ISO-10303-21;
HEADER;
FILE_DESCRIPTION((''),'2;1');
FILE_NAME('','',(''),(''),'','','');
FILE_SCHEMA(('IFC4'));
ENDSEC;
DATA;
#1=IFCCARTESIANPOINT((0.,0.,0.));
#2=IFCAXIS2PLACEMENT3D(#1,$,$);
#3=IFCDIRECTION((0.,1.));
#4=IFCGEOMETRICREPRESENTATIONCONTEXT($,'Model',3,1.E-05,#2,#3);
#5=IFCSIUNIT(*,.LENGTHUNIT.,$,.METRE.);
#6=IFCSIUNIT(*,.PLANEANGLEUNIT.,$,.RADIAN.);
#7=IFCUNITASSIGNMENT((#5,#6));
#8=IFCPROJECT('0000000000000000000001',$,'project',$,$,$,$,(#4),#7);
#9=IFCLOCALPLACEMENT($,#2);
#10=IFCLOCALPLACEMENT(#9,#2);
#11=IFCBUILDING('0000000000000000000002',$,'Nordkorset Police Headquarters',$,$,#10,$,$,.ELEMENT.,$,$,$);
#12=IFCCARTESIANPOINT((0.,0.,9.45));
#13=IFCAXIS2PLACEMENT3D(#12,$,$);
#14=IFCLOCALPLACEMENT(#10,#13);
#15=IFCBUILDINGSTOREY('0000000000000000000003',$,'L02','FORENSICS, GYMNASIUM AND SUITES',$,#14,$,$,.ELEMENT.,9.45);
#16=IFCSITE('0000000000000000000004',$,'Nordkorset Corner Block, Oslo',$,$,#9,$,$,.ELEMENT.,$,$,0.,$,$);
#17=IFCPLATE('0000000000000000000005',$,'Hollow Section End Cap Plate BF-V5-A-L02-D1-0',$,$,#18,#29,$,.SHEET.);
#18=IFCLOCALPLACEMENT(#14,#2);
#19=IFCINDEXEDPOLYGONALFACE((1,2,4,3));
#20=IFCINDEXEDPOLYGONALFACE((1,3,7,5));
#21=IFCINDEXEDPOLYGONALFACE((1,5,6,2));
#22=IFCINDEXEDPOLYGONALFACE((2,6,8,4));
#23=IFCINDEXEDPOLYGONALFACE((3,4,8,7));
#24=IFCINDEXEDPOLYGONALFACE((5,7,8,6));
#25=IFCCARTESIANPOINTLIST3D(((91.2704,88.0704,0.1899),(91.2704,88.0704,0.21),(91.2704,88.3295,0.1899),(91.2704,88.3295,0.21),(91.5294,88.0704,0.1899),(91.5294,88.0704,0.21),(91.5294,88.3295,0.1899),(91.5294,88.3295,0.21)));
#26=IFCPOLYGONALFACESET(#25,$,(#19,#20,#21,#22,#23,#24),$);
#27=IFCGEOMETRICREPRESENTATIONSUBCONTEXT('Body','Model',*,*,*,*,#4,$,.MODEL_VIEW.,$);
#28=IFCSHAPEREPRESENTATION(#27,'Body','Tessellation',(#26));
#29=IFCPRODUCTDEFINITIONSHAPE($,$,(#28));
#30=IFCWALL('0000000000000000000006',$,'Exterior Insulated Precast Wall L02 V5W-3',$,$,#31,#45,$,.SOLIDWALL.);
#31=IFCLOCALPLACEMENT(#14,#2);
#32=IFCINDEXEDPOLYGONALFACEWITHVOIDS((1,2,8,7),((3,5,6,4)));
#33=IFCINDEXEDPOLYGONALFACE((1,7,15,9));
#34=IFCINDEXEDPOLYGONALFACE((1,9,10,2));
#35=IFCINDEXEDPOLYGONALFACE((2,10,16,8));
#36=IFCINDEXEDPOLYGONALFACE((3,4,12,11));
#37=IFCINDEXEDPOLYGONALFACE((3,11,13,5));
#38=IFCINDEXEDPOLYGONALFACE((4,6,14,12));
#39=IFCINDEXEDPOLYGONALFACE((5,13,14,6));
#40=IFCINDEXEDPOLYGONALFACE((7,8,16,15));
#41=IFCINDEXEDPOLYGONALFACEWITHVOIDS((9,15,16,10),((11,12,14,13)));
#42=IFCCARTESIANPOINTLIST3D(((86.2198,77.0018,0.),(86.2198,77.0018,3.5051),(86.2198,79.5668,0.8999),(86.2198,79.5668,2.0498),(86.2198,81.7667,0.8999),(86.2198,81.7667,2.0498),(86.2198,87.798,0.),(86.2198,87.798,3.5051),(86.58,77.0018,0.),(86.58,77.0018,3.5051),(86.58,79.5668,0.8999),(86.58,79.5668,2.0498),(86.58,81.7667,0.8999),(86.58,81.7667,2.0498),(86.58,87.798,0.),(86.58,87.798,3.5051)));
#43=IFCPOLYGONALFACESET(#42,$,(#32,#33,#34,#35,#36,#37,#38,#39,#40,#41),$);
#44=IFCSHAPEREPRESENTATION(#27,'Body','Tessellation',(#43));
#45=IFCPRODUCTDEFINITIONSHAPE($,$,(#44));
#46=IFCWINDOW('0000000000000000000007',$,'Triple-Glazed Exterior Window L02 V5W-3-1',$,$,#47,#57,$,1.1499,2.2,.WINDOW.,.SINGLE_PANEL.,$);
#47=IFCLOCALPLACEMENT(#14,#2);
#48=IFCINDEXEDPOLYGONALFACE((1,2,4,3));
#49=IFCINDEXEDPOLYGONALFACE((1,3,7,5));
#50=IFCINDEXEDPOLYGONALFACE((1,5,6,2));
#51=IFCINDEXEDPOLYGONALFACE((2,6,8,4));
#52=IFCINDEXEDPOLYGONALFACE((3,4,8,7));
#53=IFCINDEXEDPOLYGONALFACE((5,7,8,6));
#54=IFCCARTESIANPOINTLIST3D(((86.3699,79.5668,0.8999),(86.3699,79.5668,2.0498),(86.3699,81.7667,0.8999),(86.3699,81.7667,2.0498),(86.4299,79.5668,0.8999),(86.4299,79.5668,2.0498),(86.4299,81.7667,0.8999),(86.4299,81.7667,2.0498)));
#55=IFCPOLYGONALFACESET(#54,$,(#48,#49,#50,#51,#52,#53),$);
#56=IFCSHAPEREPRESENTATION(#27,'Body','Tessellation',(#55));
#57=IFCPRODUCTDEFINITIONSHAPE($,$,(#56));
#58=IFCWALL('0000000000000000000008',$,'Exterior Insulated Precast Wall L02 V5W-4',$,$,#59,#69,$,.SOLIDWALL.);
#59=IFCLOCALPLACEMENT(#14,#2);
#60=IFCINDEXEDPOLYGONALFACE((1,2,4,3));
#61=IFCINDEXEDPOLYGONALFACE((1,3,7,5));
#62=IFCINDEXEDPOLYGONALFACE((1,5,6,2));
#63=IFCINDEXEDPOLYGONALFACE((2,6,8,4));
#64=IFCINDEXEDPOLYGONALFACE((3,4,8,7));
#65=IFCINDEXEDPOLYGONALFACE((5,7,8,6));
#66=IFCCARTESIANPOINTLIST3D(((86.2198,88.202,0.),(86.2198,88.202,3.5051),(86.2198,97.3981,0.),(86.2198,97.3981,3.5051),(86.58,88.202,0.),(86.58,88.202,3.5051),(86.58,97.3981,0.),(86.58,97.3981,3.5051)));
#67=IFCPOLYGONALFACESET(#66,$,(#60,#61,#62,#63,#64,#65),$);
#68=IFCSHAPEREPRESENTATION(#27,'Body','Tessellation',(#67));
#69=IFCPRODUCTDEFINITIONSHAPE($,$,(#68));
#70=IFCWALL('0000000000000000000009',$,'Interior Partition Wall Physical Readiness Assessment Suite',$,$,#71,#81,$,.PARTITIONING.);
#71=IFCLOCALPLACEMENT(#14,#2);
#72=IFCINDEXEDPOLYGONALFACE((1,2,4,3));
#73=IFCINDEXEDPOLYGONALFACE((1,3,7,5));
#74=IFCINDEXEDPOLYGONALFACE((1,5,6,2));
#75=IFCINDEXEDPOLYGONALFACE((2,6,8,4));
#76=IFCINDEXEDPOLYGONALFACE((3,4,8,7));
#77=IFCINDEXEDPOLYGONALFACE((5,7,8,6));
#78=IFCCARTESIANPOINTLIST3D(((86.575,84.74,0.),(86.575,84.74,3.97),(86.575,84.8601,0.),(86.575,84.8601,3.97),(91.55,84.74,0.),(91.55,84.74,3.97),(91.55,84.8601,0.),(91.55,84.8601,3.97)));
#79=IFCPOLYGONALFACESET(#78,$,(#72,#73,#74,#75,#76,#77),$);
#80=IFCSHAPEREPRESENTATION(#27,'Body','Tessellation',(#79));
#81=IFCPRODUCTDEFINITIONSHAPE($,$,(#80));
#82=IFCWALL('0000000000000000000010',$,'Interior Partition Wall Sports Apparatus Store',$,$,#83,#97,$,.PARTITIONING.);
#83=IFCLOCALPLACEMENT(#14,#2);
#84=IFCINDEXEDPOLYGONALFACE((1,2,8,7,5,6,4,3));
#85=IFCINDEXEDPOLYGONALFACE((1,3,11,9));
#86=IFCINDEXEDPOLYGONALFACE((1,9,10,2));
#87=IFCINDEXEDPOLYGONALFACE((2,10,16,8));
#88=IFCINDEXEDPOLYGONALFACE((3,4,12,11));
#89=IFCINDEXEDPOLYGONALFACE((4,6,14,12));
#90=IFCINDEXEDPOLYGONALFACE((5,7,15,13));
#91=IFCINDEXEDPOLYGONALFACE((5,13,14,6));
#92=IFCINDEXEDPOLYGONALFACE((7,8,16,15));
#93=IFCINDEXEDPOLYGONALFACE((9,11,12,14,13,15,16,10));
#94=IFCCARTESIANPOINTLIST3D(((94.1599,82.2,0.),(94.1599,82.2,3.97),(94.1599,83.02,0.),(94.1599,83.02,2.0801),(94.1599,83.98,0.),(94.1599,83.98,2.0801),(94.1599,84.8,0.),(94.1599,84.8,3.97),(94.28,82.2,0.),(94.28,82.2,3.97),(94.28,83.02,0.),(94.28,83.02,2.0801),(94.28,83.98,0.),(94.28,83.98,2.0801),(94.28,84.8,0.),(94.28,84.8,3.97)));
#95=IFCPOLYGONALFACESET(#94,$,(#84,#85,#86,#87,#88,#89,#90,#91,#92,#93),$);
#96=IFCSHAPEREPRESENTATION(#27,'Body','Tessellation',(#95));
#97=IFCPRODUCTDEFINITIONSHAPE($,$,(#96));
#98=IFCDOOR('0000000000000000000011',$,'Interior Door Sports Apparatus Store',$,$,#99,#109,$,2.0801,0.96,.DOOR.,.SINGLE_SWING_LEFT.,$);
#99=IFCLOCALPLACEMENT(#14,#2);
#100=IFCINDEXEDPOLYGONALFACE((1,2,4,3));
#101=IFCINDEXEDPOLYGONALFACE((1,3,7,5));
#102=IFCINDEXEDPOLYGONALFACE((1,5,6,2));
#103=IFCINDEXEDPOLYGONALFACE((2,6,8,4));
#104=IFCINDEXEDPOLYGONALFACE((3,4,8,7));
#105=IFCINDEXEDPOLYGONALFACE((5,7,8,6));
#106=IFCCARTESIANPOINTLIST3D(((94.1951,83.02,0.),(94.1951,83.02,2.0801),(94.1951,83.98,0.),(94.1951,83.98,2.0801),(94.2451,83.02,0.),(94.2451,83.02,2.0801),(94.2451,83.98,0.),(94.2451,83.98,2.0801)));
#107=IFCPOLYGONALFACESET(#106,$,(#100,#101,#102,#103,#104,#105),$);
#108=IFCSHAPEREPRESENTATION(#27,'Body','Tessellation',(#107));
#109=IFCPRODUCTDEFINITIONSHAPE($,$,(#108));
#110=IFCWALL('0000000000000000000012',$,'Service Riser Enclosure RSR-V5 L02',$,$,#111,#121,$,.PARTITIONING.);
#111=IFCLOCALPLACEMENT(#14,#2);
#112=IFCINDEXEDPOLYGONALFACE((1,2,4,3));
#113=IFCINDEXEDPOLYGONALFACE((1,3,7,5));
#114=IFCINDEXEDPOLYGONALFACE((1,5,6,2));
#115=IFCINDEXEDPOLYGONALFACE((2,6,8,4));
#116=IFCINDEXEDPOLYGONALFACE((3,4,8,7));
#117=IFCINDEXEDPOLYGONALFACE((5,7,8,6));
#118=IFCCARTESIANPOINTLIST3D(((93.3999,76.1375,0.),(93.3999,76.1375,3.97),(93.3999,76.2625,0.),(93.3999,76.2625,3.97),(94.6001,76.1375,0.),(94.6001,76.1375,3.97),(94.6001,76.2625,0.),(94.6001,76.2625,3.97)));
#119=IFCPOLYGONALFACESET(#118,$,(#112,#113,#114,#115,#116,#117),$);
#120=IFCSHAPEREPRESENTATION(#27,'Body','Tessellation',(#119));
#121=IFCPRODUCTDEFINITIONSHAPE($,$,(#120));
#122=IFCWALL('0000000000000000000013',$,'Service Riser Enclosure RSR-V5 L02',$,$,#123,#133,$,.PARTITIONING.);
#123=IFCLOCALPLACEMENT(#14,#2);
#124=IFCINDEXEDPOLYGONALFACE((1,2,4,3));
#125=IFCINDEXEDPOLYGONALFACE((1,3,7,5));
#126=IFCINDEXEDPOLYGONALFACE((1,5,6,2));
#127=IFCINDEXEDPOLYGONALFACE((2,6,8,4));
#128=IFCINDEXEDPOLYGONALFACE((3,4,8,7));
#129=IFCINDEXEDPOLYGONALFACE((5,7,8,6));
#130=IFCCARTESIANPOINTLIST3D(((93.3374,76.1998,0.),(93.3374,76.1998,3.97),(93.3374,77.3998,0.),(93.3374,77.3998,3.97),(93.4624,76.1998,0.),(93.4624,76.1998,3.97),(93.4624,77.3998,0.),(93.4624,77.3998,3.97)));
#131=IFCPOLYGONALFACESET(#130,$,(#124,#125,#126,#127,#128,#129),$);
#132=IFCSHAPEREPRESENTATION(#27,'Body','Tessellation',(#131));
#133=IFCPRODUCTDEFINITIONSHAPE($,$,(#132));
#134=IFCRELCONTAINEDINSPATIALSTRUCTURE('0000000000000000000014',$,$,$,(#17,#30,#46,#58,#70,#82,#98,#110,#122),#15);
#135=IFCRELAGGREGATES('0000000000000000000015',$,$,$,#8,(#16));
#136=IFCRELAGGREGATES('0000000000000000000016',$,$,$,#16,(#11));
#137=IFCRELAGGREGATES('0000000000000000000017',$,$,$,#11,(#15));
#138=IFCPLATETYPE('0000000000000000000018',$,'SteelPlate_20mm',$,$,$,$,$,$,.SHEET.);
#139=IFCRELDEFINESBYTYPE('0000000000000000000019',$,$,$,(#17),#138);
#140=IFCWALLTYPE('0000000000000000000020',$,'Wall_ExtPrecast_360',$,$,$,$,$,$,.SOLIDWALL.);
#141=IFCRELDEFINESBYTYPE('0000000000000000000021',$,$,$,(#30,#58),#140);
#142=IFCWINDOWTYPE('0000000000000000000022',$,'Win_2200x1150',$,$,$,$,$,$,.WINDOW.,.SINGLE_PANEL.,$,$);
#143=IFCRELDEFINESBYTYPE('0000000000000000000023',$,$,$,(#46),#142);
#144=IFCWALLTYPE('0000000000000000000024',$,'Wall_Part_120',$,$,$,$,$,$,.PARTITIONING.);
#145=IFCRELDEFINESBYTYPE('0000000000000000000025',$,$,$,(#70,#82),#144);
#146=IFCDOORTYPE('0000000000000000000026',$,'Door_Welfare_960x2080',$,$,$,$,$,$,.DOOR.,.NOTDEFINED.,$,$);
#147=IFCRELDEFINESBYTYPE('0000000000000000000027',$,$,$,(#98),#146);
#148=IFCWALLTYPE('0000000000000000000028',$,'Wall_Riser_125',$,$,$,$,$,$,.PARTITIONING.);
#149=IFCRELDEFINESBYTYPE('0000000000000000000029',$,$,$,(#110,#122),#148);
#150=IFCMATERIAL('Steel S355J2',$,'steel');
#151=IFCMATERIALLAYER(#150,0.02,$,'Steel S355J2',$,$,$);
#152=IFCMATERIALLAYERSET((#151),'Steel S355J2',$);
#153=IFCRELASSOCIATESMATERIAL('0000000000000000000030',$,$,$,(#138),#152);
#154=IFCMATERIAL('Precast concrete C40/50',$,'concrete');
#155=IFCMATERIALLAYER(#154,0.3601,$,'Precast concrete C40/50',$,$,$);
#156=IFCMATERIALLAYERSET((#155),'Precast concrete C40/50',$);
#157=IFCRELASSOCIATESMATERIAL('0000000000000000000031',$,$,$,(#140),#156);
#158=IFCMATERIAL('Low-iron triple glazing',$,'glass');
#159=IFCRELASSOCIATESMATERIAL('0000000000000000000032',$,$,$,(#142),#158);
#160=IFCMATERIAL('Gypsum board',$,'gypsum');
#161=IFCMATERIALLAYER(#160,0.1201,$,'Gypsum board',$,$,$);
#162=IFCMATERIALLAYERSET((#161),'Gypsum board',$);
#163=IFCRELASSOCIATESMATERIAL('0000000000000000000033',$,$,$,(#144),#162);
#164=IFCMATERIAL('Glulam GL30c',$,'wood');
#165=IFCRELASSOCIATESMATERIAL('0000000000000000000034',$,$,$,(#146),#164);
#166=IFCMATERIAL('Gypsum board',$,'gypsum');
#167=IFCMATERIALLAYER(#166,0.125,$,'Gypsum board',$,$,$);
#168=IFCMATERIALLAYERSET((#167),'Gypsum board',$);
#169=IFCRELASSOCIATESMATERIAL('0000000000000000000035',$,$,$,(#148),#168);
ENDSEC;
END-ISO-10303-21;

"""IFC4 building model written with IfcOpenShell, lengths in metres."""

from ifc_helpers import new_model, si_unit, direction, frame, frame_2d, origin, origin_2d, place, context, subcontext, project, spatial, rectangle, extrude, material, layer, layer_set, type_object, element, fill, save


model = new_model("IFC4")

# Units and contexts
model_context = context("Model", 3, precision=1e-05, world=origin(), true_north=direction((0.0, 1.0)))
body_context = subcontext(model_context, "Body", "Model", "MODEL_VIEW")
ifc_project = project(units=[si_unit("LENGTHUNIT", "METRE"), si_unit("PLANEANGLEUNIT", "RADIAN")], contexts=[model_context])

# Site, building, storey
site_placement = place(None, origin())
site = spatial("IfcSite", under=ifc_project, at=site_placement, Name="Nordkorset Corner Block, Oslo", CompositionType="ELEMENT", RefElevation=0.0)
building_placement = place(site_placement, origin())
building = spatial("IfcBuilding", under=site, at=building_placement, Name="Nordkorset Police Headquarters", CompositionType="ELEMENT")
storey_placement = place(building_placement, frame((0.0, 0.0, 9.45)))
storey = spatial("IfcBuildingStorey", under=building, at=storey_placement, Name="L02", Description="FORENSICS, GYMNASIUM AND SUITES", CompositionType="ELEMENT", Elevation=9.45)

# Plate
ifc_material_1 = material(Name="Steel S355J2", Category="steel")
ifc_layer_1 = layer(ifc_material_1, 0.02, Name="Steel S355J2")
ifc_layer_set_1 = layer_set([ifc_layer_1], Name="Steel S355J2")
plate_type = type_object("IfcPlateType", Name="SteelPlate_20mm", PredefinedType="SHEET", material=ifc_layer_set_1)
plate_placement = place(storey_placement, frame((91.3999, 88.2, 0.1899), z_axis=(0.0, 0.0, 1.0), x_axis=(1.0, 0.0, 0.0)))
element("IfcPlate", 1, at=plate_placement, inside=storey, type_object=plate_type, Name="Hollow Section End Cap Plate BF-V5-A-L02-D1-0", PredefinedType="SHEET", context=body_context, shape_type="SweptSolid", body=[
    extrude(rectangle(XDim=0.259, YDim=0.259, at=origin_2d()), origin(), (0.0, 0.0, 1.0), 0.02),
])

# Wall, opening, window
ifc_material_2 = material(Name="Precast concrete C40/50", Category="concrete")
ifc_layer_2 = layer(ifc_material_2, 0.3601, Name="Precast concrete C40/50")
ifc_layer_set_2 = layer_set([ifc_layer_2], Name="Precast concrete C40/50")
wall_type_1 = type_object("IfcWallType", Name="Wall_ExtPrecast_360", PredefinedType="SOLIDWALL", material=ifc_layer_set_2)
wall_1_placement = place(storey_placement, frame((86.3999, 77.002, 0.0), z_axis=(0.0, 0.0, 1.0), x_axis=(0.0, 1.0, 0.0)))
wall_1 = element("IfcWall", 2, at=wall_1_placement, inside=storey, type_object=wall_type_1, Name="Exterior Insulated Precast Wall L02 V5W-3", PredefinedType="SOLIDWALL", context=body_context, shape_type="SweptSolid", body=[
    extrude(rectangle(XDim=10.7961, YDim=0.3601, at=frame_2d((5.3979, 0.0))), origin(), (0.0, 0.0, 1.0), 3.5051),
])
opening_1_placement = place(wall_1_placement, frame((2.5647, 0.0, 0.8999)))
opening_1 = element("IfcOpeningElement", 3, at=opening_1_placement, cuts=wall_1, PredefinedType="OPENING", context=body_context, shape_type="SweptSolid", body=[
    extrude(rectangle(XDim=2.2, YDim=1.1499, at=frame_2d((1.1001, 0.575))), frame((0.0, 0.1899, 0.0), z_axis=(0.0, -1.0, 0.0), x_axis=(1.0, 0.0, 0.0)), (0.0, 0.0, 1.0), 0.3801),
])
ifc_material_3 = material(Name="Low-iron triple glazing", Category="glass")
window_type = type_object("IfcWindowType", Name="Win_2200x1150", PartitioningType="SINGLE_PANEL", PredefinedType="WINDOW", material=ifc_material_3)
window_placement = place(opening_1_placement, origin())
window = element("IfcWindow", 4, at=window_placement, inside=storey, type_object=window_type, Name="Triple-Glazed Exterior Window L02 V5W-3-1", OverallHeight=1.1499, OverallWidth=2.2, PartitioningType="SINGLE_PANEL", PredefinedType="WINDOW", context=body_context, shape_type="SweptSolid", body=[
    extrude(rectangle(XDim=2.2, YDim=1.1499, at=frame_2d((1.1001, 0.575))), frame((0.0, 0.03, 0.0), z_axis=(0.0, -1.0, 0.0), x_axis=(1.0, 0.0, 0.0)), (0.0, 0.0, 1.0), 0.0601),
])
fill(opening_1, window)

# Walls
wall_2_placement = place(storey_placement, frame((86.3999, 88.2019, 0.0), z_axis=(0.0, 0.0, 1.0), x_axis=(0.0, 1.0, 0.0)))
element("IfcWall", 5, at=wall_2_placement, inside=storey, type_object=wall_type_1, Name="Exterior Insulated Precast Wall L02 V5W-4", PredefinedType="SOLIDWALL", context=body_context, shape_type="SweptSolid", body=[
    extrude(rectangle(XDim=9.196, YDim=0.3601, at=frame_2d((4.5981, 0.0))), origin(), (0.0, 0.0, 1.0), 3.5051),
])
ifc_material_4 = material(Name="Gypsum board", Category="gypsum")
ifc_layer_3 = layer(ifc_material_4, 0.1201, Name="Gypsum board")
ifc_layer_set_3 = layer_set([ifc_layer_3], Name="Gypsum board")
wall_type_2 = type_object("IfcWallType", Name="Wall_Part_120", PredefinedType="PARTITIONING", material=ifc_layer_set_3)
wall_3_placement = place(storey_placement, frame((91.55, 84.8, 0.0), z_axis=(0.0, 0.0, 1.0), x_axis=(-1.0, 0.0, 0.0)))
element("IfcWall", 6, at=wall_3_placement, inside=storey, type_object=wall_type_2, Name="Interior Partition Wall Physical Readiness Assessment Suite", PredefinedType="PARTITIONING", context=body_context, shape_type="SweptSolid", body=[
    extrude(rectangle(XDim=4.9751, YDim=0.1201, at=frame_2d((2.4875, 0.0))), origin(), (0.0, 0.0, 1.0), 3.97),
])

# Wall, opening, door
wall_4_placement = place(storey_placement, frame((94.22, 84.8, 0.0), z_axis=(0.0, 0.0, 1.0), x_axis=(0.0, -1.0, 0.0)))
wall_4 = element("IfcWall", 7, at=wall_4_placement, inside=storey, type_object=wall_type_2, Name="Interior Partition Wall Sports Apparatus Store", PredefinedType="PARTITIONING", context=body_context, shape_type="SweptSolid", body=[
    extrude(rectangle(XDim=2.6001, YDim=0.1201, at=frame_2d((1.3, 0.0))), origin(), (0.0, 0.0, 1.0), 3.97),
])
opening_2_placement = place(wall_4_placement, frame((0.8201, 0.0, 0.0)))
opening_2 = element("IfcOpeningElement", 8, at=opening_2_placement, cuts=wall_4, PredefinedType="OPENING", context=body_context, shape_type="SweptSolid", body=[
    extrude(rectangle(XDim=0.96, YDim=2.0801, at=frame_2d((0.48, 1.04))), frame((0.0, 0.0701, 0.0), z_axis=(0.0, -1.0, 0.0), x_axis=(1.0, 0.0, 0.0)), (0.0, 0.0, 1.0), 0.1401),
])
ifc_material_5 = material(Name="Glulam GL30c", Category="wood")
door_type = type_object("IfcDoorType", Name="Door_Welfare_960x2080", OperationType="NOTDEFINED", PredefinedType="DOOR", material=ifc_material_5)
door_placement = place(opening_2_placement, frame((0.96, 0.0, 0.0), z_axis=(0.0, 0.0, 1.0), x_axis=(-1.0, 0.0, 0.0)))
door = element("IfcDoor", 9, at=door_placement, inside=storey, type_object=door_type, Name="Interior Door Sports Apparatus Store", OperationType="SINGLE_SWING_LEFT", OverallHeight=2.0801, OverallWidth=0.96, PredefinedType="DOOR", context=body_context, shape_type="SweptSolid", body=[
    extrude(rectangle(XDim=0.96, YDim=2.0801, at=frame_2d((0.48, 1.04))), frame((0.0, 0.0249, 0.0), z_axis=(0.0, -1.0, 0.0), x_axis=(1.0, 0.0, 0.0)), (0.0, 0.0, 1.0), 0.05),
])
fill(opening_2, door)

# Walls
ifc_material_6 = material(Name="Gypsum board", Category="gypsum")
ifc_layer_4 = layer(ifc_material_6, 0.125, Name="Gypsum board")
ifc_layer_set_4 = layer_set([ifc_layer_4], Name="Gypsum board")
wall_type_3 = type_object("IfcWallType", Name="Wall_Riser_125", PredefinedType="PARTITIONING", material=ifc_layer_set_4)
wall_5_placement = place(storey_placement, frame((93.3999, 76.2, 0.0), z_axis=(0.0, 0.0, 1.0), x_axis=(1.0, 0.0, 0.0)))
element("IfcWall", 10, at=wall_5_placement, inside=storey, type_object=wall_type_3, Name="Service Riser Enclosure RSR-V5 L02", PredefinedType="PARTITIONING", context=body_context, shape_type="SweptSolid", body=[
    extrude(rectangle(XDim=1.2002, YDim=0.125, at=frame_2d((0.6001, 0.0))), origin(), (0.0, 0.0, 1.0), 3.97),
])
wall_6_placement = place(storey_placement, frame((93.3999, 77.3999, 0.0), z_axis=(0.0, 0.0, 1.0), x_axis=(0.0, -1.0, 0.0)))
element("IfcWall", 11, at=wall_6_placement, inside=storey, type_object=wall_type_3, Name="Service Riser Enclosure RSR-V5 L02", PredefinedType="PARTITIONING", context=body_context, shape_type="SweptSolid", body=[
    extrude(rectangle(XDim=1.2, YDim=0.125, at=frame_2d((0.6001, 0.0))), origin(), (0.0, 0.0, 1.0), 3.97),
])

save(model, "model.ifc")
